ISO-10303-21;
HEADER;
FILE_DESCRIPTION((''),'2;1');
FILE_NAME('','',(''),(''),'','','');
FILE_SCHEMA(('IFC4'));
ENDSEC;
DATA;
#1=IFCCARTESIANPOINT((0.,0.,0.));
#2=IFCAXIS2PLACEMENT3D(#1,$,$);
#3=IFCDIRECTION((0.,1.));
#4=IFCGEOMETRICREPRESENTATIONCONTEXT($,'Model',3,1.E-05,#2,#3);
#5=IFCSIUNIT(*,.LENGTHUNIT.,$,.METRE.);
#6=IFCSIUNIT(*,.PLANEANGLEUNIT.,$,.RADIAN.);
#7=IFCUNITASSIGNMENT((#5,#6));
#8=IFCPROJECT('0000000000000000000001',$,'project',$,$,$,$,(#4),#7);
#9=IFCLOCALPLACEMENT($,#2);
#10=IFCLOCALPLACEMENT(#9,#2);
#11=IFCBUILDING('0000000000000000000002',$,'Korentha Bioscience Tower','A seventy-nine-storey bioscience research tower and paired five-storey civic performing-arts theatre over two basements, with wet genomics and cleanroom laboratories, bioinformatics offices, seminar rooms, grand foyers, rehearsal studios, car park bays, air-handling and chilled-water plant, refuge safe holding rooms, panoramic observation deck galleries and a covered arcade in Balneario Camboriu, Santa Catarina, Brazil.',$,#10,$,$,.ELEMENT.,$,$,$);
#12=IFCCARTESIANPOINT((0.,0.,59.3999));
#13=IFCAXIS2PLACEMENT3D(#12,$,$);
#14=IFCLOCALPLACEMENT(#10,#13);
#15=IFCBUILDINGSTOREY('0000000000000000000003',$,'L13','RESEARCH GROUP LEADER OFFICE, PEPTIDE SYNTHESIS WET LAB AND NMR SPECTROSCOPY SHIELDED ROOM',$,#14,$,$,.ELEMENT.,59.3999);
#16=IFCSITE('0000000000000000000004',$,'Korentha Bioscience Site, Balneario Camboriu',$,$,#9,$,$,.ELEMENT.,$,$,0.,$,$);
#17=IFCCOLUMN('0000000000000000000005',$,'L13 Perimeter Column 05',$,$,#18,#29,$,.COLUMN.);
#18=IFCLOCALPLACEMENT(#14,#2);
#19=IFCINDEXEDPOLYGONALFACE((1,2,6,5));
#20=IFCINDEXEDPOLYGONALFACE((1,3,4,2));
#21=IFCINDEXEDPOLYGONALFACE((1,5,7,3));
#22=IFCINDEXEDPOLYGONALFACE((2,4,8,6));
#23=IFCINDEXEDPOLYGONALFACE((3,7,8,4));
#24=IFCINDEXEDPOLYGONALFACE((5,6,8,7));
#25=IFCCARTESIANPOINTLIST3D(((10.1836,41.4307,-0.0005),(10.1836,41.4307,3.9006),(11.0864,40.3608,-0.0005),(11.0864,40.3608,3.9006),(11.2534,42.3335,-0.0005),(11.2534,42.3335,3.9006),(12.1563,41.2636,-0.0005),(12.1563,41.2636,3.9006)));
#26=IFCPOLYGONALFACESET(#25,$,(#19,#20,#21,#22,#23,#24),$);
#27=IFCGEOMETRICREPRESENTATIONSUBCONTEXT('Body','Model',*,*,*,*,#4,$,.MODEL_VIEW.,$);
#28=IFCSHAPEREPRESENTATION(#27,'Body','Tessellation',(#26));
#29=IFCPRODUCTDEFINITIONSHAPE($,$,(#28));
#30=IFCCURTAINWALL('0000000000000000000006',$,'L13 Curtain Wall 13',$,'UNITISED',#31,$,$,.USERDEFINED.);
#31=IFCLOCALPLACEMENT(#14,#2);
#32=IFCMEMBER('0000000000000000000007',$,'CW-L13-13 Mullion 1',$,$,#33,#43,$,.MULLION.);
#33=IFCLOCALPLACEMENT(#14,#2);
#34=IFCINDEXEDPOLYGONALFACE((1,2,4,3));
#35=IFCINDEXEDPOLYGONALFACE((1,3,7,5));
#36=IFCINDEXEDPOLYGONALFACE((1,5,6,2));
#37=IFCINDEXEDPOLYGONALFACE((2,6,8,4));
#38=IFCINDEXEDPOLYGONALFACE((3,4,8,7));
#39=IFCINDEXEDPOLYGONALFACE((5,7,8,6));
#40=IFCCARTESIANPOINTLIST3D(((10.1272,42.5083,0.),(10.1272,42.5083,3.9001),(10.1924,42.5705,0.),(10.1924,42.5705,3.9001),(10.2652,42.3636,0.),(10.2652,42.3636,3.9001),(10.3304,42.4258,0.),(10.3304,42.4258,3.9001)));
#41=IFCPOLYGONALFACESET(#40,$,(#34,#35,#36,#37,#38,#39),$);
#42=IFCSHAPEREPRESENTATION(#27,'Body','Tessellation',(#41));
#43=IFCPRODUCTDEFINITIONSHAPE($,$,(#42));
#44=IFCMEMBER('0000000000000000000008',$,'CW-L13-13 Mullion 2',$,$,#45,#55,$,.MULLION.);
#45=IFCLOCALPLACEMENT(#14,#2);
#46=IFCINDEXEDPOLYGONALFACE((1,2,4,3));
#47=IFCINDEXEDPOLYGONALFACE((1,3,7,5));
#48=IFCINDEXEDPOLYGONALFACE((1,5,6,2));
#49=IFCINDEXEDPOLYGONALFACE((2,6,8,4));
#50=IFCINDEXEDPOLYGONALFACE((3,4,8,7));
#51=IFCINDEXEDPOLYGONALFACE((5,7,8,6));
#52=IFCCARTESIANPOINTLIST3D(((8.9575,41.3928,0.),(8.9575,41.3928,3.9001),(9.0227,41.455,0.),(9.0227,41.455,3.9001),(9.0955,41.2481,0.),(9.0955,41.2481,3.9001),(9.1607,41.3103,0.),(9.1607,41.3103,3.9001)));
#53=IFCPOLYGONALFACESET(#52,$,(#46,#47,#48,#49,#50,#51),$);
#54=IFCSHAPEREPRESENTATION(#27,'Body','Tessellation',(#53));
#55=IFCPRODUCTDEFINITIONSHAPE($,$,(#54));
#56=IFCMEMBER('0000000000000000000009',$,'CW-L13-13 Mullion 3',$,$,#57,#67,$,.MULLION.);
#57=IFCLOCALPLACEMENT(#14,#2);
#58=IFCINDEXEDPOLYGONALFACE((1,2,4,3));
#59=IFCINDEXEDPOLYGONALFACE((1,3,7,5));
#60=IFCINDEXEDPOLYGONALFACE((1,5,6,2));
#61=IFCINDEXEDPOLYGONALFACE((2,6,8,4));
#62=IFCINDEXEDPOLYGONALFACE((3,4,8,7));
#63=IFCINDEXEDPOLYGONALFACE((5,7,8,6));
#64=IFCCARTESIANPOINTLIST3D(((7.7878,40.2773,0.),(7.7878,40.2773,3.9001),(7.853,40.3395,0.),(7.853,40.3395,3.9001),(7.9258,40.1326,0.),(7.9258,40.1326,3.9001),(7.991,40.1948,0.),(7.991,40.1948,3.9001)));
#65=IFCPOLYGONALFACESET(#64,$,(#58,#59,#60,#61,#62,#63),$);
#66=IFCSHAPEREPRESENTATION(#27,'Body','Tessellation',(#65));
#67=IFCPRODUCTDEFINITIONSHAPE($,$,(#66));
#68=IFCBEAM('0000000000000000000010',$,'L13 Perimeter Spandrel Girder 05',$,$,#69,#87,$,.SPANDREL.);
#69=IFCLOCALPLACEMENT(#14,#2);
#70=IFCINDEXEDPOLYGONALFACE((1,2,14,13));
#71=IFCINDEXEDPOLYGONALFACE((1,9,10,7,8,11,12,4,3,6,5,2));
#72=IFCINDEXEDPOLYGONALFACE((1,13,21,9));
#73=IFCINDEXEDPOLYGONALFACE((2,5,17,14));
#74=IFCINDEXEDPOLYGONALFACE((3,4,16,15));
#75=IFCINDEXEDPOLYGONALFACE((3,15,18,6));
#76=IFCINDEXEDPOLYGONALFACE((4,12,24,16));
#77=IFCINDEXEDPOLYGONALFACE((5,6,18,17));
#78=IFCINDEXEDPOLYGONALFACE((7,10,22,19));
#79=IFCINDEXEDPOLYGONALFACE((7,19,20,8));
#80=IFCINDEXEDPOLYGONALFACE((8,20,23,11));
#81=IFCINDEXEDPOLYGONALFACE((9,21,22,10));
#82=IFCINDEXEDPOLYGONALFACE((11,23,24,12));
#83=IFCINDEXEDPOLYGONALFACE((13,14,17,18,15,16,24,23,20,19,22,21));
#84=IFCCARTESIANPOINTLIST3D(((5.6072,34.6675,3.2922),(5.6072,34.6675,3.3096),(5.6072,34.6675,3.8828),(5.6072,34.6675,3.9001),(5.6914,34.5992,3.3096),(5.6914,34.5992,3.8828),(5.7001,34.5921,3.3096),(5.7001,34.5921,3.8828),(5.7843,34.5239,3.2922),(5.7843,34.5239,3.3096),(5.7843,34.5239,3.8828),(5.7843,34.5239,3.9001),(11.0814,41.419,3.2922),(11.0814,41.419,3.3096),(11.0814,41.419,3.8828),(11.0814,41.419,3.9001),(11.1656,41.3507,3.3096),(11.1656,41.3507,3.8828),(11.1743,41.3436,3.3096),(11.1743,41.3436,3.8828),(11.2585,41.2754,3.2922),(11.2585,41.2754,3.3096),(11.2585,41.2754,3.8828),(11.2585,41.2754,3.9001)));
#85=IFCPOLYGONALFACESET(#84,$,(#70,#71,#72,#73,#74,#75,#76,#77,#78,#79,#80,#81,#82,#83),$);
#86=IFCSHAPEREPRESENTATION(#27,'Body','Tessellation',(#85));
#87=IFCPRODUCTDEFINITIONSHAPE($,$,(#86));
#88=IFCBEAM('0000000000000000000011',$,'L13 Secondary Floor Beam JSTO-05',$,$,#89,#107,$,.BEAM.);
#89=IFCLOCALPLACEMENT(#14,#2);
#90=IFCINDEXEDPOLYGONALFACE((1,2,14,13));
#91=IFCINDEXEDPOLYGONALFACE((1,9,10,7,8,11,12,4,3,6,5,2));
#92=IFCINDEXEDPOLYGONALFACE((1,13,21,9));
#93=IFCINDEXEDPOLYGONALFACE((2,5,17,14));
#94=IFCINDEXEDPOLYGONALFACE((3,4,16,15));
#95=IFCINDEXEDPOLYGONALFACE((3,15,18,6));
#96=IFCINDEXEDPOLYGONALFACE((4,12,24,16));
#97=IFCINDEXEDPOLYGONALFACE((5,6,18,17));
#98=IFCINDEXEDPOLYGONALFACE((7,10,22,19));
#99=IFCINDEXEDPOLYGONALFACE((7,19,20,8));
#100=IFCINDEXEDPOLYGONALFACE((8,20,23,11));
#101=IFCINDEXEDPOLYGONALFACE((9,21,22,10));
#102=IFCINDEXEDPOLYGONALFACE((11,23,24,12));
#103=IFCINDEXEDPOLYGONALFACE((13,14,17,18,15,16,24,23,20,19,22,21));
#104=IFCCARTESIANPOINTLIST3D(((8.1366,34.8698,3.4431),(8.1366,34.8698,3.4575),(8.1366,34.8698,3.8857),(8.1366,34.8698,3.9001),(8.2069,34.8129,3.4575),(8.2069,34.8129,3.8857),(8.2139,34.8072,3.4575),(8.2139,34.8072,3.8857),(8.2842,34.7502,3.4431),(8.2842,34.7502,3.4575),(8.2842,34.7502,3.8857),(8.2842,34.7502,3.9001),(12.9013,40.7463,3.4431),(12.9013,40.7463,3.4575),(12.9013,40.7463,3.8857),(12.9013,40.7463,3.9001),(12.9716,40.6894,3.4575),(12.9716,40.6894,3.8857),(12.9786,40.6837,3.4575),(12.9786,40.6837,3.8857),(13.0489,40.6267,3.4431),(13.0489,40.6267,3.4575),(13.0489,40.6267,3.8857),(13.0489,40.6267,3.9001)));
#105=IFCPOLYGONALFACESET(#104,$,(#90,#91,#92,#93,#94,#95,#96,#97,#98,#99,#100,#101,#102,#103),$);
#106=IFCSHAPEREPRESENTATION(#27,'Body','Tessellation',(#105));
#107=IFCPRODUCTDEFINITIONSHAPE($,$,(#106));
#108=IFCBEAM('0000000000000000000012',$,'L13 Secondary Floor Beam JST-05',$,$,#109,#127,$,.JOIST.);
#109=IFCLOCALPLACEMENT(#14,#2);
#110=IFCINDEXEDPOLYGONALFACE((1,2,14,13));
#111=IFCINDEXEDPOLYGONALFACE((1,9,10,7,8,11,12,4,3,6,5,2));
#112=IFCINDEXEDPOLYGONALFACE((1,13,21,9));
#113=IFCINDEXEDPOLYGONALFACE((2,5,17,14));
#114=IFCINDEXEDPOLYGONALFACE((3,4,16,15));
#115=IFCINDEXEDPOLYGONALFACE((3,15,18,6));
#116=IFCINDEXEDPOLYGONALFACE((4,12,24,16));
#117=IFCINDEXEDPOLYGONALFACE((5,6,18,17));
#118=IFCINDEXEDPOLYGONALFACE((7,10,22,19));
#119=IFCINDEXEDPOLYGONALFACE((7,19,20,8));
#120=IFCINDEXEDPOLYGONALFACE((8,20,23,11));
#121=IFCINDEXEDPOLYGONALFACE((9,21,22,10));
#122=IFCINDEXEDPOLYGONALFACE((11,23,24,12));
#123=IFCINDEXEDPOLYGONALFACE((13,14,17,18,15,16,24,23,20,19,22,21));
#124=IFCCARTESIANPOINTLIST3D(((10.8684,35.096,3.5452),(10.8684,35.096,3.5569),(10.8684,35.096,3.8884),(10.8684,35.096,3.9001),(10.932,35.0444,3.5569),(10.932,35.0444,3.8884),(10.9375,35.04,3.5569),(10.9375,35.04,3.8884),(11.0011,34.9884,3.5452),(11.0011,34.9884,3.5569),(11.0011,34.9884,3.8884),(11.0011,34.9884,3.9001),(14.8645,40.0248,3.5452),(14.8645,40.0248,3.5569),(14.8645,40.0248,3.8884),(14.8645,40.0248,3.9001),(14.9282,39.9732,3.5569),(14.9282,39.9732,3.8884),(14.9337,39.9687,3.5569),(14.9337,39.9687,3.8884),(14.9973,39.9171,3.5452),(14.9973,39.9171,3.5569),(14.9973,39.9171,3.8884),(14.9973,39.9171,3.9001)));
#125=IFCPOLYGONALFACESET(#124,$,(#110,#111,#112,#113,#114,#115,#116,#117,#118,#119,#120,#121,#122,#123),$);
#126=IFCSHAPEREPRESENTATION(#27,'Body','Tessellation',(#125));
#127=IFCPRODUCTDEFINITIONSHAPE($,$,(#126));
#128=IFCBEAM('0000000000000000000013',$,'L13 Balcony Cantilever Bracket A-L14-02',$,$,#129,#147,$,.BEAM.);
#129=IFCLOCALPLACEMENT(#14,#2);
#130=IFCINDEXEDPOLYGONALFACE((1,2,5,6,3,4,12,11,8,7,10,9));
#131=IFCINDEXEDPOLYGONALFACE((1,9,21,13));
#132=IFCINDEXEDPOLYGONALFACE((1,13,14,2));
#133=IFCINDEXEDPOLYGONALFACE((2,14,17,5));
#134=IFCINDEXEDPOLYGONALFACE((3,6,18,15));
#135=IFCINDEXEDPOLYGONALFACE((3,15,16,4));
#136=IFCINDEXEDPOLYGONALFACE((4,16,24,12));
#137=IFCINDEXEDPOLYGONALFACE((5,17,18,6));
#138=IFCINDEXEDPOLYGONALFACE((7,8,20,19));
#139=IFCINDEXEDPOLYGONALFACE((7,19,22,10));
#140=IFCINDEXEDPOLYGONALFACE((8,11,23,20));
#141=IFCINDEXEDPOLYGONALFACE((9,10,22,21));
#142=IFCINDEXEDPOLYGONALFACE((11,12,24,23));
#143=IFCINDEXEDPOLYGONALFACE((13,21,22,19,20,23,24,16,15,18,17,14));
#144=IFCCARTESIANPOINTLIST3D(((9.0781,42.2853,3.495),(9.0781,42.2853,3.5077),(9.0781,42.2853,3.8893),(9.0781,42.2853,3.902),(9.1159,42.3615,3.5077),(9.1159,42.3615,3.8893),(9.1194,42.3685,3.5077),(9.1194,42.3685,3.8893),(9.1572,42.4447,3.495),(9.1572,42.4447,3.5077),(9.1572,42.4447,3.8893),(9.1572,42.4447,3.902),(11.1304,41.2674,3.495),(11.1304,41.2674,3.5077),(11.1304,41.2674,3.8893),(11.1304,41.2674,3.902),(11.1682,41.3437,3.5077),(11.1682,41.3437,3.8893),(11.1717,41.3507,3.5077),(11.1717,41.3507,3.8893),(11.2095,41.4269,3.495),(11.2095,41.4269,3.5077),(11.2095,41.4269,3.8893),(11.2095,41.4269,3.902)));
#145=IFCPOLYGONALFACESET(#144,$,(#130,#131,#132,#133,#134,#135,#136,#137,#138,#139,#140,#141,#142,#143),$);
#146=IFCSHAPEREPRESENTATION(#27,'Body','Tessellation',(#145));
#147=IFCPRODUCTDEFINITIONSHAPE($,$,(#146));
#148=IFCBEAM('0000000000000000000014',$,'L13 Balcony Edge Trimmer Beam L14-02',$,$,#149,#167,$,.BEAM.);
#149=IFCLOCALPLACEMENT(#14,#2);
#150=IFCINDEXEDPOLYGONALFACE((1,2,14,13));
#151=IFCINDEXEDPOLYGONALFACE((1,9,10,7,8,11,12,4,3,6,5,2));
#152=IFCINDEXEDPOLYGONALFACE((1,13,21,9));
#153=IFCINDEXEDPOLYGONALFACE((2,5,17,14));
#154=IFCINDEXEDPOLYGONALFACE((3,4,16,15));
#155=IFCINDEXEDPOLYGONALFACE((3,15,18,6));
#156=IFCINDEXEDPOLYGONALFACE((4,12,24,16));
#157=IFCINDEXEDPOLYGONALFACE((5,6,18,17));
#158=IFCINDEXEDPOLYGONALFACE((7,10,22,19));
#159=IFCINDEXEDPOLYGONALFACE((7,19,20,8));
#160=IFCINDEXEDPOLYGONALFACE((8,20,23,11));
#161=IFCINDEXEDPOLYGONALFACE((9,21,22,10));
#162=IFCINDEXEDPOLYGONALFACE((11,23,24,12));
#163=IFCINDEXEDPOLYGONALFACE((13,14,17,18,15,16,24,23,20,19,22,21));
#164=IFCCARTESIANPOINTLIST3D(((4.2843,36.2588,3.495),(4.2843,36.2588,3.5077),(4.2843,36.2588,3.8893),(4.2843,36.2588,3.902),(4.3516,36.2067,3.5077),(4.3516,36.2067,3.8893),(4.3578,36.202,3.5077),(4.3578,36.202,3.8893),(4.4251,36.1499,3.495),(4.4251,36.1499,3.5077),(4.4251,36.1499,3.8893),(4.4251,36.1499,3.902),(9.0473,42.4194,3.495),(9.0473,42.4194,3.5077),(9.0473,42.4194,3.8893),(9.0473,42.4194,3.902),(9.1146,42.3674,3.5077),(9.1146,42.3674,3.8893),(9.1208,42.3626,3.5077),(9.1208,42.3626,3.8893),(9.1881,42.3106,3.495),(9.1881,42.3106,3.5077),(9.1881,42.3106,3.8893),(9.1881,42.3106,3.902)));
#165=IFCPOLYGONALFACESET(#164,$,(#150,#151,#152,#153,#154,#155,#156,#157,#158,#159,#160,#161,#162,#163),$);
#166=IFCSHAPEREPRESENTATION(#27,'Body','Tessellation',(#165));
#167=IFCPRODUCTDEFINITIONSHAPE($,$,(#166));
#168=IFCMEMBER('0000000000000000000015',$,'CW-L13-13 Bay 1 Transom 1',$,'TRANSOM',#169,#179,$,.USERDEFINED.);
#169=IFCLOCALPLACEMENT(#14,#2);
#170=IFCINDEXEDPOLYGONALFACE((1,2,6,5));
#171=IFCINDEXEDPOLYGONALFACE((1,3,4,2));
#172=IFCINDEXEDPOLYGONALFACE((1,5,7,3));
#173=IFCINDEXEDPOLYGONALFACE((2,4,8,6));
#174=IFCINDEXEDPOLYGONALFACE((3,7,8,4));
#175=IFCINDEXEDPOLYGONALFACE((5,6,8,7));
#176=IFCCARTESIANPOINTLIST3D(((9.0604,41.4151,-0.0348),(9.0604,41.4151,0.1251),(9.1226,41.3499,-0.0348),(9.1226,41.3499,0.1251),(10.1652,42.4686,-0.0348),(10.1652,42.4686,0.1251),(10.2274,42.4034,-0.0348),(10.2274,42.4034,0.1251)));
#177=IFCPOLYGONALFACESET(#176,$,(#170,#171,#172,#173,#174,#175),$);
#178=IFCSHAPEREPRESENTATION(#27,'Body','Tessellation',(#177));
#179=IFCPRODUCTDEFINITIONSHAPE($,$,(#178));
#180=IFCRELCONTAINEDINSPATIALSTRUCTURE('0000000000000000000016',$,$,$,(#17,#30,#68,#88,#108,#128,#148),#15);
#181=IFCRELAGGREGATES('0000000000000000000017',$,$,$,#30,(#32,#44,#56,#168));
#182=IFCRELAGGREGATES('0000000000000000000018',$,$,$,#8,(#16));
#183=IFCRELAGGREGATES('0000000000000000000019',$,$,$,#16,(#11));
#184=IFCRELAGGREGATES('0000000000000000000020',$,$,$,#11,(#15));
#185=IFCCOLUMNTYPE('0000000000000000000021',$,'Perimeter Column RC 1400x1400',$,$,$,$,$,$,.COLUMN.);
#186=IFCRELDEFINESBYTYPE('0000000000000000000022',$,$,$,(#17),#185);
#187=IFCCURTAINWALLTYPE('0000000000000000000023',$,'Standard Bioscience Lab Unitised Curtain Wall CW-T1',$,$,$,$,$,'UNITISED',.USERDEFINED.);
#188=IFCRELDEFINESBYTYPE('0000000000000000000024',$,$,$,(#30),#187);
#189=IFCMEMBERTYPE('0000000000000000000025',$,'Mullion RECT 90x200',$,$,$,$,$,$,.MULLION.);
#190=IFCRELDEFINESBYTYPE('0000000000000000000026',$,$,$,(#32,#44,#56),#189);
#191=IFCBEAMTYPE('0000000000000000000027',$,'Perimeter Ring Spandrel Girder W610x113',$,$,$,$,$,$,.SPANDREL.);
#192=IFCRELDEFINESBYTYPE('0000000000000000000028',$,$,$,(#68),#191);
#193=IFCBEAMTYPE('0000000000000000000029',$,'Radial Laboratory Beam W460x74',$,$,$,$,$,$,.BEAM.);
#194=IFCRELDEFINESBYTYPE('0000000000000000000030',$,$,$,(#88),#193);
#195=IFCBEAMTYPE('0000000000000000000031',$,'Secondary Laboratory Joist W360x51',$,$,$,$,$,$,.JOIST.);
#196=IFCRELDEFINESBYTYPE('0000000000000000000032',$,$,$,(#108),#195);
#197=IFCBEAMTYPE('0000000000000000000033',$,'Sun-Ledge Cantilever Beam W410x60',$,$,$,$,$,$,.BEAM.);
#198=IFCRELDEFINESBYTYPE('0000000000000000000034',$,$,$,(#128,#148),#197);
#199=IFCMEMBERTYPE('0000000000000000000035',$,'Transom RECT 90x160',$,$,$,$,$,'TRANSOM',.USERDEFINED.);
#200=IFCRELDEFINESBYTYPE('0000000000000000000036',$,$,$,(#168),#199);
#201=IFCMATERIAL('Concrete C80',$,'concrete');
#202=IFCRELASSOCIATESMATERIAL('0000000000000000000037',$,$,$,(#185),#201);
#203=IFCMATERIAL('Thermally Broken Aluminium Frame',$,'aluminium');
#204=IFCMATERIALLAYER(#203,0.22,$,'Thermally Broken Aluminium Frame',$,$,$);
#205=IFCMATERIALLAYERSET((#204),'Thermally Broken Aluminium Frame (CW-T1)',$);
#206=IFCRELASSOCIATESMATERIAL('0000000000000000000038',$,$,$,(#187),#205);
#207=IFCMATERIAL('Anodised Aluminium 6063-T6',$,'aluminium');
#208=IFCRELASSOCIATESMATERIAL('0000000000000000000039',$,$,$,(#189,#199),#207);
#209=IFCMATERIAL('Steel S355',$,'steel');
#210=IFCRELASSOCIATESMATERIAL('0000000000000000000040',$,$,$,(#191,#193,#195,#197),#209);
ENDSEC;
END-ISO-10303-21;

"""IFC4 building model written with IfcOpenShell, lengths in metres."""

from ifc_helpers import new_model, si_unit, direction, frame, origin, origin_2d, place, context, subcontext, project, spatial, rectangle, i_section, extrude, material, layer, layer_set, material_profile, profile_set, type_object, element, aggregate, save


model = new_model("IFC4")

# Units and contexts
model_context = context("Model", 3, precision=1e-05, world=origin(), true_north=direction((0.0, 1.0)))
body_context = subcontext(model_context, "Body", "Model", "MODEL_VIEW")
ifc_project = project(units=[si_unit("LENGTHUNIT", "METRE"), si_unit("PLANEANGLEUNIT", "RADIAN")], contexts=[model_context])

# Site, building, storey
site_placement = place(None, origin())
site = spatial("IfcSite", under=ifc_project, at=site_placement, Name="Korentha Bioscience Site, Balneario Camboriu", CompositionType="ELEMENT", RefElevation=0.0)
building_placement = place(site_placement, origin())
building = spatial("IfcBuilding", under=site, at=building_placement, Name="Korentha Bioscience Tower", Description="A seventy-nine-storey bioscience research tower and paired five-storey civic performing-arts theatre over two basements, with wet genomics and cleanroom laboratories, bioinformatics offices, seminar rooms, grand foyers, rehearsal studios, car park bays, air-handling and chilled-water plant, refuge safe holding rooms, panoramic observation deck galleries and a covered arcade in Balneario Camboriu, Santa Catarina, Brazil.", CompositionType="ELEMENT")
storey_placement = place(building_placement, frame((0.0, 0.0, 59.3999)))
storey = spatial("IfcBuildingStorey", under=building, at=storey_placement, Name="L13", Description="RESEARCH GROUP LEADER OFFICE, PEPTIDE SYNTHESIS WET LAB AND NMR SPECTROSCOPY SHIELDED ROOM", CompositionType="ELEMENT", Elevation=59.3999)

# Column
ifc_material_1 = material(Name="Concrete C80", Category="concrete")
ifc_material_profile_1 = material_profile(ifc_material_1, rectangle(XDim=1.3999, YDim=1.3999, at=origin_2d()), Name="Concrete C80")
ifc_profile_set_1 = profile_set([ifc_material_profile_1], Name="Concrete C80 (COL-P14)")
column_type = type_object("IfcColumnType", Name="Perimeter Column RC 1400x1400", PredefinedType="COLUMN", material=ifc_profile_set_1)
column_placement = place(storey_placement, frame((11.1699, 41.3472, -0.0005), z_axis=(0.0, 0.0, 1.0), x_axis=(0.764246, 0.644924, 0.0)))
element("IfcColumn", 1, at=column_placement, inside=storey, type_object=column_type, Name="L13 Perimeter Column 05", PredefinedType="COLUMN", context=body_context, shape_type="SweptSolid", body=[
    extrude(rectangle(XDim=1.3999, YDim=1.3999, at=origin_2d()), origin(), (0.0, 0.0, 1.0), 3.9011),
])

# Curtain wall, members
ifc_material_2 = material(Name="Thermally Broken Aluminium Frame", Category="aluminium")
ifc_layer_1 = layer(ifc_material_2, 0.22, Name="Thermally Broken Aluminium Frame")
ifc_layer_set_1 = layer_set([ifc_layer_1], Name="Thermally Broken Aluminium Frame (CW-T1)")
curtain_wall_type = type_object("IfcCurtainWallType", Name="Standard Bioscience Lab Unitised Curtain Wall CW-T1", ElementType="UNITISED", PredefinedType="USERDEFINED", material=ifc_layer_set_1)
curtain_wall_placement = place(storey_placement, origin())
curtain_wall = element("IfcCurtainWall", 2, at=curtain_wall_placement, inside=storey, type_object=curtain_wall_type, Name="L13 Curtain Wall 13", ObjectType="UNITISED", PredefinedType="USERDEFINED")
ifc_material_3 = material(Name="Anodised Aluminium 6063-T6", Category="aluminium")
ifc_material_profile_2 = material_profile(ifc_material_3, rectangle(XDim=0.0901, YDim=0.2, at=origin_2d()), Name="Anodised Aluminium 6063-T6")
ifc_profile_set_2 = profile_set([ifc_material_profile_2], Name="Anodised Aluminium 6063-T6 (CW-MUL)")
member_type_1 = type_object("IfcMemberType", Name="Mullion RECT 90x200", PredefinedType="MULLION", material=ifc_profile_set_2)
member_1_placement = place(storey_placement, frame((10.2288, 42.467, 0.0), z_axis=(0.0, 0.0, 1.0), x_axis=(-0.723642, -0.690176, 0.0)))
member_1 = element("IfcMember", 3, at=member_1_placement, type_object=member_type_1, Name="CW-L13-13 Mullion 1", PredefinedType="MULLION", context=body_context, shape_type="SweptSolid", body=[
    extrude(rectangle(XDim=0.0901, YDim=0.2, at=origin_2d()), origin(), (0.0, 0.0, 1.0), 3.9001),
])
member_2_placement = place(storey_placement, frame((9.0591, 41.3516, 0.0), z_axis=(0.0, 0.0, 1.0), x_axis=(-0.723642, -0.690176, 0.0)))
member_2 = element("IfcMember", 4, at=member_2_placement, type_object=member_type_1, Name="CW-L13-13 Mullion 2", PredefinedType="MULLION", context=body_context, shape_type="SweptSolid", body=[
    extrude(rectangle(XDim=0.0901, YDim=0.2, at=origin_2d()), origin(), (0.0, 0.0, 1.0), 3.9001),
])
member_3_placement = place(storey_placement, frame((7.8894, 40.2361, 0.0), z_axis=(0.0, 0.0, 1.0), x_axis=(-0.723642, -0.690176, 0.0)))
member_3 = element("IfcMember", 5, at=member_3_placement, type_object=member_type_1, Name="CW-L13-13 Mullion 3", PredefinedType="MULLION", context=body_context, shape_type="SweptSolid", body=[
    extrude(rectangle(XDim=0.0901, YDim=0.2, at=origin_2d()), origin(), (0.0, 0.0, 1.0), 3.9001),
])

# Beams
ifc_material_4 = material(Name="Steel S355", Category="steel")
ifc_material_profile_3 = material_profile(ifc_material_4, i_section(OverallWidth=0.228, OverallDepth=0.6079, WebThickness=0.0112, FlangeThickness=0.0173, at=origin_2d()), Name="Steel S355")
ifc_profile_set_3 = profile_set([ifc_material_profile_3], Name="Steel S355 (SB-610)")
beam_type_1 = type_object("IfcBeamType", Name="Perimeter Ring Spandrel Girder W610x113", PredefinedType="SPANDREL", material=ifc_profile_set_3)
beam_1_placement = place(storey_placement, frame((11.1699, 41.3472, 3.5962), z_axis=(-0.629799, -0.776758, 0.0), x_axis=(0.776758, -0.629799, 0.0)))
element("IfcBeam", 6, at=beam_1_placement, inside=storey, type_object=beam_type_1, Name="L13 Perimeter Spandrel Girder 05", PredefinedType="SPANDREL", context=body_context, shape_type="SweptSolid", body=[
    extrude(i_section(OverallWidth=0.228, OverallDepth=0.6079, WebThickness=0.0112, FlangeThickness=0.0173, at=origin_2d()), origin(), (0.0, 0.0, 1.0), 8.6919),
])
ifc_material_profile_4 = material_profile(ifc_material_4, i_section(OverallWidth=0.1899, OverallDepth=0.457, WebThickness=0.009, FlangeThickness=0.0144, at=origin_2d()), Name="Steel S355")
ifc_profile_set_4 = profile_set([ifc_material_profile_4], Name="Steel S355 (RB-460)")
beam_type_2 = type_object("IfcBeamType", Name="Radial Laboratory Beam W460x74", PredefinedType="BEAM", material=ifc_profile_set_4)
beam_2_placement = place(storey_placement, frame((12.9751, 40.6865, 3.6716), z_axis=(-0.629798, -0.776759, 0.0), x_axis=(0.776759, -0.629798, 0.0)))
element("IfcBeam", 7, at=beam_2_placement, inside=storey, type_object=beam_type_2, Name="L13 Secondary Floor Beam JSTO-05", PredefinedType="BEAM", context=body_context, shape_type="SweptSolid", body=[
    extrude(i_section(OverallWidth=0.1899, OverallDepth=0.457, WebThickness=0.009, FlangeThickness=0.0144, at=origin_2d()), origin(), (0.0, 0.0, 1.0), 7.5654),
])
ifc_material_profile_5 = material_profile(ifc_material_4, i_section(OverallWidth=0.1709, OverallDepth=0.355, WebThickness=0.0071, FlangeThickness=0.0117, at=origin_2d()), Name="Steel S355")
ifc_profile_set_5 = profile_set([ifc_material_profile_5], Name="Steel S355 (JB-360)")
beam_type_3 = type_object("IfcBeamType", Name="Secondary Laboratory Joist W360x51", PredefinedType="JOIST", material=ifc_profile_set_5)
beam_3_placement = place(storey_placement, frame((14.9309, 39.9709, 3.7227), z_axis=(-0.629787, -0.776768, 0.0), x_axis=(0.776768, -0.629787, 0.0)))
element("IfcBeam", 8, at=beam_3_placement, inside=storey, type_object=beam_type_3, Name="L13 Secondary Floor Beam JST-05", PredefinedType="JOIST", context=body_context, shape_type="SweptSolid", body=[
    extrude(i_section(OverallWidth=0.1709, OverallDepth=0.355, WebThickness=0.0071, FlangeThickness=0.0117, at=origin_2d()), origin(), (0.0, 0.0, 1.0), 6.3452),
])
ifc_material_profile_6 = material_profile(ifc_material_4, i_section(OverallWidth=0.178, OverallDepth=0.407, WebThickness=0.0078, FlangeThickness=0.0127, at=origin_2d()), Name="Steel S355")
ifc_profile_set_6 = profile_set([ifc_material_profile_6], Name="Steel S355 (CB-410)")
beam_type_4 = type_object("IfcBeamType", Name="Sun-Ledge Cantilever Beam W410x60", PredefinedType="BEAM", material=ifc_profile_set_6)
beam_4_placement = place(storey_placement, frame((11.1699, 41.3472, 3.6985), z_axis=(-0.895872, 0.444312, 0.0), x_axis=(-0.444312, -0.895872, 0.0)))
element("IfcBeam", 9, at=beam_4_placement, inside=storey, type_object=beam_type_4, Name="L13 Balcony Cantilever Bracket A-L14-02", PredefinedType="BEAM", context=body_context, shape_type="SweptSolid", body=[
    extrude(i_section(OverallWidth=0.178, OverallDepth=0.407, WebThickness=0.0078, FlangeThickness=0.0127, at=origin_2d()), origin(), (0.0, 0.0, 1.0), 2.2908),
])
beam_5_placement = place(storey_placement, frame((9.1177, 42.365, 3.6985), z_axis=(-0.611644, -0.791133, 0.0), x_axis=(0.791133, -0.611644, 0.0)))
element("IfcBeam", 10, at=beam_5_placement, inside=storey, type_object=beam_type_4, Name="L13 Balcony Edge Trimmer Beam L14-02", PredefinedType="BEAM", context=body_context, shape_type="SweptSolid", body=[
    extrude(i_section(OverallWidth=0.178, OverallDepth=0.407, WebThickness=0.0078, FlangeThickness=0.0127, at=origin_2d()), origin(), (0.0, 0.0, 1.0), 7.7871),
])

# Member
ifc_material_profile_7 = material_profile(ifc_material_3, rectangle(XDim=0.0901, YDim=0.1599, at=origin_2d()), Name="Anodised Aluminium 6063-T6")
ifc_profile_set_7 = profile_set([ifc_material_profile_7], Name="Anodised Aluminium 6063-T6 (CW-TRN)")
member_type_2 = type_object("IfcMemberType", Name="Transom RECT 90x160", ElementType="TRANSOM", PredefinedType="USERDEFINED", material=ifc_profile_set_7)
member_4_placement = place(storey_placement, frame((10.1963, 42.436, 0.0452), z_axis=(-0.7237, -0.690114, 0.0), x_axis=(0.690114, -0.7237, 0.0)))
member_4 = element("IfcMember", 11, at=member_4_placement, type_object=member_type_2, Name="CW-L13-13 Bay 1 Transom 1", ObjectType="TRANSOM", PredefinedType="USERDEFINED", context=body_context, shape_type="SweptSolid", body=[
    extrude(rectangle(XDim=0.0901, YDim=0.1599, at=origin_2d()), origin(), (0.0, 0.0, 1.0), 1.5266),
])

aggregate(curtain_wall, [member_1, member_2, member_3, member_4])

save(model, "model.ifc")
